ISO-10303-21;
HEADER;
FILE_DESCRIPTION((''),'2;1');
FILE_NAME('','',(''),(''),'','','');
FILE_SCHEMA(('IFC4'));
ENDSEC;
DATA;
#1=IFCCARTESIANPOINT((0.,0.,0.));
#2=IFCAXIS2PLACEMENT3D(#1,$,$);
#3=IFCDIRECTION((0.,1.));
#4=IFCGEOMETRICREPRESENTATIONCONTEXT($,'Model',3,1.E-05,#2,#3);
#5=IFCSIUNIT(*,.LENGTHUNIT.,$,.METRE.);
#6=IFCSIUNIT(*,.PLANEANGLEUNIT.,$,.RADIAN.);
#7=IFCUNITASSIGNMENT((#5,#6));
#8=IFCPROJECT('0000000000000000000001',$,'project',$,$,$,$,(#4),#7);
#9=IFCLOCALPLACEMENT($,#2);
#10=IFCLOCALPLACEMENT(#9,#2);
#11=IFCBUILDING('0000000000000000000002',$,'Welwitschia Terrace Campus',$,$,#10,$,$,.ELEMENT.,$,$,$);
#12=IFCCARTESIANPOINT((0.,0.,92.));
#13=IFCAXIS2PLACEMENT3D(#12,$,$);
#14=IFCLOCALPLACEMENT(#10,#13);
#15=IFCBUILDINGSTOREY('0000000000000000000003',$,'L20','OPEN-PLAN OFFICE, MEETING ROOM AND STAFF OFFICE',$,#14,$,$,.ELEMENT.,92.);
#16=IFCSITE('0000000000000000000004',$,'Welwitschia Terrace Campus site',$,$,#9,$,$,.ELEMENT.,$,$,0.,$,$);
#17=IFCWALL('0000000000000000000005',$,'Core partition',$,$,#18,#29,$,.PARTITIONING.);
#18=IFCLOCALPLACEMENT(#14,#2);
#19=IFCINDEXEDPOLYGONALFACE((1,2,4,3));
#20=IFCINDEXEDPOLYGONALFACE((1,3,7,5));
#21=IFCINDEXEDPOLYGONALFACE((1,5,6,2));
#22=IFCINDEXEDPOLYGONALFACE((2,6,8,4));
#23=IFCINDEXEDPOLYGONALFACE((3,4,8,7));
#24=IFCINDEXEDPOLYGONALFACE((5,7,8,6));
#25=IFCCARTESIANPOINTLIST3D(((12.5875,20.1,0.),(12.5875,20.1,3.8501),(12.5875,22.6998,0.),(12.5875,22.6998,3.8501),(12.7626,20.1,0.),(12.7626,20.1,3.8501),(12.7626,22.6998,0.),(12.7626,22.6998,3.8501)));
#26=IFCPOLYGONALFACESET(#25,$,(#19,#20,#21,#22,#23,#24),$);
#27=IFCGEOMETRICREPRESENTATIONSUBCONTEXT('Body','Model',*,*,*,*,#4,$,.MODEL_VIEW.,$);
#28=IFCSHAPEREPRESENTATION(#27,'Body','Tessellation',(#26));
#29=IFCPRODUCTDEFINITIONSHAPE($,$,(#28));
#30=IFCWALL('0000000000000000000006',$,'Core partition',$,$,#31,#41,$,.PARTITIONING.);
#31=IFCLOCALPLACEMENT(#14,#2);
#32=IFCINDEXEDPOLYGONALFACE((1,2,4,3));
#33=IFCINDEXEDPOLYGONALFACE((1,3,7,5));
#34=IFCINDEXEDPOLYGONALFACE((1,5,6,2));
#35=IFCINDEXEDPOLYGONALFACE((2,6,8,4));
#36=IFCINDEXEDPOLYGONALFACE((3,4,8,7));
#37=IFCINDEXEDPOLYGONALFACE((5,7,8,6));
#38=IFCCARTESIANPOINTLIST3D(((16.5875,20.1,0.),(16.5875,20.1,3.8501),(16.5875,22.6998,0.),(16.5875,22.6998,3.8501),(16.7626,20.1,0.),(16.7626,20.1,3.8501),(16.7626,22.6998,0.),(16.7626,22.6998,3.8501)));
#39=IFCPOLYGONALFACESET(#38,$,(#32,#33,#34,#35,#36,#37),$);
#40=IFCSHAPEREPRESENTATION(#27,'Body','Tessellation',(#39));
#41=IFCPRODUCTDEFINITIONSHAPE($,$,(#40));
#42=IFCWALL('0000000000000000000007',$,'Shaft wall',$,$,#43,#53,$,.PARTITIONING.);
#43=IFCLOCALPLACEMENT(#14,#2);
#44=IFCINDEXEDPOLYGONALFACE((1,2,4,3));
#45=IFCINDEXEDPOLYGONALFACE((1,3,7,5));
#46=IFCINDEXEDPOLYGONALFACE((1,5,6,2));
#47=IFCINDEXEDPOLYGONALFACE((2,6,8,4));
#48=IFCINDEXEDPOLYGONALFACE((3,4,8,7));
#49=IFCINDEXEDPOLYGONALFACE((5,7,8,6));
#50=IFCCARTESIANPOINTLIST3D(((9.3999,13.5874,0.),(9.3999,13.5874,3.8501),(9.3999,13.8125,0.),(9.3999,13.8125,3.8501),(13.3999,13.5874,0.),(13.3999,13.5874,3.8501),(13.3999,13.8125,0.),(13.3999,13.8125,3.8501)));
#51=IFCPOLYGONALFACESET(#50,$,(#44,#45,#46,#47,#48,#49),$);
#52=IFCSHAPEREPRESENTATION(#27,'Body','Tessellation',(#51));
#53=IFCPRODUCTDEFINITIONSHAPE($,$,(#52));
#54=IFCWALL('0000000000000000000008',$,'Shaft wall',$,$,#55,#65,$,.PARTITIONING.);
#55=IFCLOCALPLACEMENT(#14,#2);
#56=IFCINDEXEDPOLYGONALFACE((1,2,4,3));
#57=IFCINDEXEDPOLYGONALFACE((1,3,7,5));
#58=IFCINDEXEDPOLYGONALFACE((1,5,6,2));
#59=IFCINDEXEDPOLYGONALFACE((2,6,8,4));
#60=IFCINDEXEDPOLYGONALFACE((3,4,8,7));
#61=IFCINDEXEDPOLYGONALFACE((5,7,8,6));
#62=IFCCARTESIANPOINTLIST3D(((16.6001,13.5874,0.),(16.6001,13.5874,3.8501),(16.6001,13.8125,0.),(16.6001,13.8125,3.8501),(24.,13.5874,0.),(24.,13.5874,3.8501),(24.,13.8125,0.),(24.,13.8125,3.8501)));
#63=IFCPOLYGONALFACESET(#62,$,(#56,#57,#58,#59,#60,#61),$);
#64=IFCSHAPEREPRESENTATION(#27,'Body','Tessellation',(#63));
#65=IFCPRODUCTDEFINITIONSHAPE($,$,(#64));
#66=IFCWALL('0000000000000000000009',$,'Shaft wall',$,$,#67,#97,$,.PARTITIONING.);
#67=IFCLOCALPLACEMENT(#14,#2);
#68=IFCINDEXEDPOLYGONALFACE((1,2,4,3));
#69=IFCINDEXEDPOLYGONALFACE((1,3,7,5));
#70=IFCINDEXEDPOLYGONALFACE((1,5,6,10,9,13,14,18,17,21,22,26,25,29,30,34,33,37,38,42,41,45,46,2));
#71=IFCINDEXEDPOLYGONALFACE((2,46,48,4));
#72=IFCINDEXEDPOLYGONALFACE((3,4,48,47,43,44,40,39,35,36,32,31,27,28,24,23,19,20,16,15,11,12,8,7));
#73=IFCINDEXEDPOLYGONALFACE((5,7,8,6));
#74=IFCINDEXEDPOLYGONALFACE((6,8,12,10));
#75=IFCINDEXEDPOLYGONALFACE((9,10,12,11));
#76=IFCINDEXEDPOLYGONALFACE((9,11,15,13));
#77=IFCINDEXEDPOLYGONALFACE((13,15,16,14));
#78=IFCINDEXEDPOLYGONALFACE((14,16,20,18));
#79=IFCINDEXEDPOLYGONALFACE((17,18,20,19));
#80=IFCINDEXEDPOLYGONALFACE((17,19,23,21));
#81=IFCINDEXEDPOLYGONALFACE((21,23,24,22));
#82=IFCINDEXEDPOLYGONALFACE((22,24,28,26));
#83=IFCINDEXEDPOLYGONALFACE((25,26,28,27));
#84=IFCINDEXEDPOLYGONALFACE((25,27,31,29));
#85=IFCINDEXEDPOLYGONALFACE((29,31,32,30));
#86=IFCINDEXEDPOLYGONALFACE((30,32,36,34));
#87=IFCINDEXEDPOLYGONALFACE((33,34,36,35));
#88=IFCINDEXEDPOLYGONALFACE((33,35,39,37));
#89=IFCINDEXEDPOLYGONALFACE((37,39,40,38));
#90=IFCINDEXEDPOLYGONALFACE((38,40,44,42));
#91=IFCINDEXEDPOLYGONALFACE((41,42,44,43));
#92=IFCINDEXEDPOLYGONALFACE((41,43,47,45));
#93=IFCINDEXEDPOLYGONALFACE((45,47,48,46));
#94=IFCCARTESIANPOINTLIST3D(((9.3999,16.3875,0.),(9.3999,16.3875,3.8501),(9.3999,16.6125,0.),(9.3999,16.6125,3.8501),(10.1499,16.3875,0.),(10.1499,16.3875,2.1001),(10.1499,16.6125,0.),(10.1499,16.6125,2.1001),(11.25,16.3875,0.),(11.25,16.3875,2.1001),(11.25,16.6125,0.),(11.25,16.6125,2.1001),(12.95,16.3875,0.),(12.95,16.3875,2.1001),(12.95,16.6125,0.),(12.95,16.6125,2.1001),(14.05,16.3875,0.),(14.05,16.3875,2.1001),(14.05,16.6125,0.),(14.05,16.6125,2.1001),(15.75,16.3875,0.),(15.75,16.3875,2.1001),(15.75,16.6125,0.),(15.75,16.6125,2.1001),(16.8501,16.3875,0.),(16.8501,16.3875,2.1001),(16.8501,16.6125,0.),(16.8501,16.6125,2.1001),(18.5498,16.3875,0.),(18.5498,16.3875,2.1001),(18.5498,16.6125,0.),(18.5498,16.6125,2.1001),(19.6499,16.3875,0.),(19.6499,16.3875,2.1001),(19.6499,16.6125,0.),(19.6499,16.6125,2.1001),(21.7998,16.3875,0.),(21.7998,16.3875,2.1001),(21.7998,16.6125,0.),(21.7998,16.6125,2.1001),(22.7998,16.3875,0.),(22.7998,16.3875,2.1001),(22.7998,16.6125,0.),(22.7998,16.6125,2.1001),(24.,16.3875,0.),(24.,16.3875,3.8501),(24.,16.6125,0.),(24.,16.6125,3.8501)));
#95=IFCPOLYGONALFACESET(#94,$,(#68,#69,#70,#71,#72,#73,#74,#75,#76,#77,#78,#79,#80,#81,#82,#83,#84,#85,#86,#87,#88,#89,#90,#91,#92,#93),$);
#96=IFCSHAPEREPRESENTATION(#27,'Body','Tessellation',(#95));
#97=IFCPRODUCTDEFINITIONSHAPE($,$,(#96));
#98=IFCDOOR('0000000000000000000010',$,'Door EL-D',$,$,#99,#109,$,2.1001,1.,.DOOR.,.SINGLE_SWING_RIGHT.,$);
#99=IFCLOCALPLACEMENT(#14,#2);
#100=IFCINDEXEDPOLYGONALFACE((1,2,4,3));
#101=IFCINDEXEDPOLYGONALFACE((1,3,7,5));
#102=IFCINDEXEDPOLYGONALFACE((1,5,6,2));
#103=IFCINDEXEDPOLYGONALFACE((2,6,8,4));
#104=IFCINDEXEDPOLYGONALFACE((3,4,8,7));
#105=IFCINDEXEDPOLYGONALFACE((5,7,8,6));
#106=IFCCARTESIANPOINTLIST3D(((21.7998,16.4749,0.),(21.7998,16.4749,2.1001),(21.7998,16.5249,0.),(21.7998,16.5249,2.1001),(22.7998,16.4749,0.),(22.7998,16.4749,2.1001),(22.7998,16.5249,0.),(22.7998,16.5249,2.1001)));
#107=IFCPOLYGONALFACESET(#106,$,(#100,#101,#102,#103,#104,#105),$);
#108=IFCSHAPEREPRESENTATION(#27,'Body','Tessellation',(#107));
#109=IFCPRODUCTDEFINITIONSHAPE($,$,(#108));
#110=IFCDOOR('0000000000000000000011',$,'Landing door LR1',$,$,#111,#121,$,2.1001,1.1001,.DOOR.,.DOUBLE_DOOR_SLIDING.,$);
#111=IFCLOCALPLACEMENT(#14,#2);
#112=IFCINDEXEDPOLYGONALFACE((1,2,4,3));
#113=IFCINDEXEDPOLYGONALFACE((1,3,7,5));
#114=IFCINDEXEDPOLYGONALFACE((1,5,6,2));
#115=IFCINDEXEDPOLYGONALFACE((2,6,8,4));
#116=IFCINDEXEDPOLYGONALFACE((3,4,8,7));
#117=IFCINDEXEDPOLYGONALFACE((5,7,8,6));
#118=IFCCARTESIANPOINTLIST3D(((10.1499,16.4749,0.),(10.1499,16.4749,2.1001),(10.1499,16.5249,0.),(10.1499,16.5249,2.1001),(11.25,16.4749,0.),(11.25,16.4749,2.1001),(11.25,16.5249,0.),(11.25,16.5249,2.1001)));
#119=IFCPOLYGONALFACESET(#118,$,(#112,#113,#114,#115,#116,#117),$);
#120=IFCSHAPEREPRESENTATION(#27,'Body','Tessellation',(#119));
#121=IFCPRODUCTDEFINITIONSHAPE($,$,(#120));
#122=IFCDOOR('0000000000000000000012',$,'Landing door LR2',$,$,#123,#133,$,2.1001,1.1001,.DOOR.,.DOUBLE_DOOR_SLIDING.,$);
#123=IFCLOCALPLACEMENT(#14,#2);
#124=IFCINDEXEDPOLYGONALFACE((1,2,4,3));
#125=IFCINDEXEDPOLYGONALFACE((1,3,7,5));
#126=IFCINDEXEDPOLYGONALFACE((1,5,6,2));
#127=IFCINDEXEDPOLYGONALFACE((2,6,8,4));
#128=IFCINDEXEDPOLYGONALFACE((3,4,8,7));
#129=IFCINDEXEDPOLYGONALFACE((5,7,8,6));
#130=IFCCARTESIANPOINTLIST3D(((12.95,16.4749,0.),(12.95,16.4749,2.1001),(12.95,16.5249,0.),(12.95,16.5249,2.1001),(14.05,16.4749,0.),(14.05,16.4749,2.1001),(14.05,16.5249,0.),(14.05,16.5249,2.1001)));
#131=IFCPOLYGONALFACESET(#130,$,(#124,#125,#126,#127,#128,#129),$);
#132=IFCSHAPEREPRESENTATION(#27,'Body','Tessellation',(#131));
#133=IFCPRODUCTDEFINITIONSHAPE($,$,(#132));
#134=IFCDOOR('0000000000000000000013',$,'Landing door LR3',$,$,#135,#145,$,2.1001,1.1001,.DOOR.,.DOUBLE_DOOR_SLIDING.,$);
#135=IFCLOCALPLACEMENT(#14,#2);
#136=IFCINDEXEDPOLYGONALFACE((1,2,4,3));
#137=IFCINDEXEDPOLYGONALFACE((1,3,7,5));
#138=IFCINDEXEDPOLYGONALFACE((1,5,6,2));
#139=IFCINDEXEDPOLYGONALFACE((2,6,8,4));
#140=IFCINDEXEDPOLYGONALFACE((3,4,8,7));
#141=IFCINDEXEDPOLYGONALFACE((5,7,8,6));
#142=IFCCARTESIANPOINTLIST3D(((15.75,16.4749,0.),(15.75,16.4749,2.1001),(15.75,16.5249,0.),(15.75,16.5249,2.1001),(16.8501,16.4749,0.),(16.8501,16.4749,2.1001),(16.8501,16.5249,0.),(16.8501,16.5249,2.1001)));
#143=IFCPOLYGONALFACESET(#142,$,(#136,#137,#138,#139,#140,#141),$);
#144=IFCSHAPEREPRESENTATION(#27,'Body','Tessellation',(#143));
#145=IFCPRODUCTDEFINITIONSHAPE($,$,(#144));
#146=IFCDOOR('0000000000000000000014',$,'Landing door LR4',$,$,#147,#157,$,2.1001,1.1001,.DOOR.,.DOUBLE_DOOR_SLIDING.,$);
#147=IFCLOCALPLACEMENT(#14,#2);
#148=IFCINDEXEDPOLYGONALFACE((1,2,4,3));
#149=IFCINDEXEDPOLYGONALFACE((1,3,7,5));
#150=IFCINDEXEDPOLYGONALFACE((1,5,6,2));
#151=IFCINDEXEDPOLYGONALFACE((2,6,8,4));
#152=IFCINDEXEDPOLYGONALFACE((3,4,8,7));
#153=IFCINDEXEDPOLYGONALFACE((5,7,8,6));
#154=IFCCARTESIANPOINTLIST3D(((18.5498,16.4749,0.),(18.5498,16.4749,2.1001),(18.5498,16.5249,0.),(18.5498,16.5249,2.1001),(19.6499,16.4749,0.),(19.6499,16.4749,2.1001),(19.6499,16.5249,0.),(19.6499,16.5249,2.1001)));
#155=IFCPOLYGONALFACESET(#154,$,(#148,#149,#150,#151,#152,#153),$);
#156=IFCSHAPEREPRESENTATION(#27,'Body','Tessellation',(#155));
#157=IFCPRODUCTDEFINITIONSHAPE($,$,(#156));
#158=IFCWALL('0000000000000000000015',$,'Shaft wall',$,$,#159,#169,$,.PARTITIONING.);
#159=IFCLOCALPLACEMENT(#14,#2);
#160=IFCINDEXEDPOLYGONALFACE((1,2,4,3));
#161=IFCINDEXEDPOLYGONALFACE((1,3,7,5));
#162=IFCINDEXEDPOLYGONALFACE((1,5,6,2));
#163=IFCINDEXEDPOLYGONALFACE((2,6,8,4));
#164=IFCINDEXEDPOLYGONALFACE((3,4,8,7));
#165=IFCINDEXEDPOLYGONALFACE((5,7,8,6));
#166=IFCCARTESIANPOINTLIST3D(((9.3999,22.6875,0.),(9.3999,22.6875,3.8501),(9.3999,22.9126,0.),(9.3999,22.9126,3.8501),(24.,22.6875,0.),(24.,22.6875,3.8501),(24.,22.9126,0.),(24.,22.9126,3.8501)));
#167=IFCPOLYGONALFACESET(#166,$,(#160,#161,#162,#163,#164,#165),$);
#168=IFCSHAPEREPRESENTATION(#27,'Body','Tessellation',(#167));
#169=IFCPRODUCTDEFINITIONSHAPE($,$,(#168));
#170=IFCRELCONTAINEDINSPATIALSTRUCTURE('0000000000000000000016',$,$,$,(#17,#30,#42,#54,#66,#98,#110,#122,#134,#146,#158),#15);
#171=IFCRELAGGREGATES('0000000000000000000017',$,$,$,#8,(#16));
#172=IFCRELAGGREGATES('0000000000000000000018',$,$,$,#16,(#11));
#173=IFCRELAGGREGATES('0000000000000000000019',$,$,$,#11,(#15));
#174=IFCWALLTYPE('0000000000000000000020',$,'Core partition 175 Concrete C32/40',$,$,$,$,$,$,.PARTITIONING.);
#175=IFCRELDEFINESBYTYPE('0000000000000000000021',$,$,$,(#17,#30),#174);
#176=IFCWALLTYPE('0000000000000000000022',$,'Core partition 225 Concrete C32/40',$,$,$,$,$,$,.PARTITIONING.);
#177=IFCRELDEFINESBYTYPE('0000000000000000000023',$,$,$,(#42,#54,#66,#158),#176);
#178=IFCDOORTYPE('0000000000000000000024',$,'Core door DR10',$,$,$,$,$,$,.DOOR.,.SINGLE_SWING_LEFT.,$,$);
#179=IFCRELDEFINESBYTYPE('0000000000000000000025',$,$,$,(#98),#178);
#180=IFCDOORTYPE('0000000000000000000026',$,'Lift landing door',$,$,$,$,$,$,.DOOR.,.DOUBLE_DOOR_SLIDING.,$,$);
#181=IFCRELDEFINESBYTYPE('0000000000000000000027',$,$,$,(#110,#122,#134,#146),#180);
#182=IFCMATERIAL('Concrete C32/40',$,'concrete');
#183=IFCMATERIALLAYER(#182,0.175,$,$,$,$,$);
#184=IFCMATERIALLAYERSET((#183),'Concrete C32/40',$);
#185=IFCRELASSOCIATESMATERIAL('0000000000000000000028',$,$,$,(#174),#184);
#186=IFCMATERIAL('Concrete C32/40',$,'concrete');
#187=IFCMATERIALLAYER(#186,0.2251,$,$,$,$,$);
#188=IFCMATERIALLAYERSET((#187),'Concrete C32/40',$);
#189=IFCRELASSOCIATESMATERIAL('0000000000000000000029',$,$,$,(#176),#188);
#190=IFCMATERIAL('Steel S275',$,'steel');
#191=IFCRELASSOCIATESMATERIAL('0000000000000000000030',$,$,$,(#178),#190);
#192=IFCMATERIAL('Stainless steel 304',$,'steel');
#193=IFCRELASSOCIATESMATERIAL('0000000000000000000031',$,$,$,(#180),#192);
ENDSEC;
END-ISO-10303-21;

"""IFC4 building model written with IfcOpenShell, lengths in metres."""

from ifc_helpers import new_model, si_unit, direction, frame, frame_2d, origin, place, context, subcontext, project, spatial, rectangle, extrude, material, layer, layer_set, type_object, element, fill, save


model = new_model("IFC4")

# Units and contexts
model_context = context("Model", 3, precision=1e-05, world=origin(), true_north=direction((0.0, 1.0)))
body_context = subcontext(model_context, "Body", "Model", "MODEL_VIEW")
ifc_project = project(units=[si_unit("LENGTHUNIT", "METRE"), si_unit("PLANEANGLEUNIT", "RADIAN")], contexts=[model_context])

# Site, building, storey
site_placement = place(None, origin())
site = spatial("IfcSite", under=ifc_project, at=site_placement, Name="Welwitschia Terrace Campus site", CompositionType="ELEMENT", RefElevation=0.0)
building_placement = place(site_placement, origin())
building = spatial("IfcBuilding", under=site, at=building_placement, Name="Welwitschia Terrace Campus", CompositionType="ELEMENT")
storey_placement = place(building_placement, frame((0.0, 0.0, 92.0)))
storey = spatial("IfcBuildingStorey", under=building, at=storey_placement, Name="L20", Description="OPEN-PLAN OFFICE, MEETING ROOM AND STAFF OFFICE", CompositionType="ELEMENT", Elevation=92.0)

# Walls
ifc_material_1 = material(Name="Concrete C32/40", Category="concrete")
ifc_layer_1 = layer(ifc_material_1, 0.175)
ifc_layer_set_1 = layer_set([ifc_layer_1], Name="Concrete C32/40")
wall_type_1 = type_object("IfcWallType", Name="Core partition 175 Concrete C32/40", PredefinedType="PARTITIONING", material=ifc_layer_set_1)
for number, where, z_axis, x_axis, name in (
    (1, (12.675, 20.1001, 0.0), (0.0, 0.0, 1.0), (0.0, 1.0, 0.0), "Core partition"),
    (2, (16.675, 20.1001, 0.0), (0.0, 0.0, 1.0), (0.0, 1.0, 0.0), "Core partition"),
):
    element("IfcWall", number, at=place(storey_placement, frame(where, z_axis=z_axis, x_axis=x_axis)), inside=storey, type_object=wall_type_1, Name=name, PredefinedType="PARTITIONING", context=body_context, shape_type="SweptSolid", body=[
        extrude(rectangle(XDim=2.5999, YDim=0.175, at=frame_2d((1.2998, 0.0))), origin(), (0.0, 0.0, 1.0), 3.8501),
    ])
ifc_material_2 = material(Name="Concrete C32/40", Category="concrete")
ifc_layer_2 = layer(ifc_material_2, 0.2251)
ifc_layer_set_2 = layer_set([ifc_layer_2], Name="Concrete C32/40")
wall_type_2 = type_object("IfcWallType", Name="Core partition 225 Concrete C32/40", PredefinedType="PARTITIONING", material=ifc_layer_set_2)
wall_1_placement = place(storey_placement, frame((9.3999, 13.7, 0.0), z_axis=(0.0, 0.0, 1.0), x_axis=(1.0, 0.0, 0.0)))
element("IfcWall", 3, at=wall_1_placement, inside=storey, type_object=wall_type_2, Name="Shaft wall", PredefinedType="PARTITIONING", context=body_context, shape_type="SweptSolid", body=[
    extrude(rectangle(XDim=4.0, YDim=0.2251, at=frame_2d((2.0, 0.0))), origin(), (0.0, 0.0, 1.0), 3.8501),
])
wall_2_placement = place(storey_placement, frame((16.6001, 13.7, 0.0), z_axis=(0.0, 0.0, 1.0), x_axis=(1.0, 0.0, 0.0)))
element("IfcWall", 4, at=wall_2_placement, inside=storey, type_object=wall_type_2, Name="Shaft wall", PredefinedType="PARTITIONING", context=body_context, shape_type="SweptSolid", body=[
    extrude(rectangle(XDim=7.3999, YDim=0.2251, at=frame_2d((3.7, 0.0))), origin(), (0.0, 0.0, 1.0), 3.8501),
])

# Wall, openings, doors
wall_3_placement = place(storey_placement, frame((9.3999, 16.5, 0.0), z_axis=(0.0, 0.0, 1.0), x_axis=(1.0, 0.0, 0.0)))
wall_3 = element("IfcWall", 5, at=wall_3_placement, inside=storey, type_object=wall_type_2, Name="Shaft wall", PredefinedType="PARTITIONING", context=body_context, shape_type="SweptSolid", body=[
    extrude(rectangle(XDim=14.6001, YDim=0.2251, at=frame_2d((7.3, 0.0))), origin(), (0.0, 0.0, 1.0), 3.8501),
])
opening_1_placement = place(wall_3_placement, frame((0.75, 0.0, 0.0)))
opening_1 = element("IfcOpeningElement", 6, at=opening_1_placement, cuts=wall_3, PredefinedType="OPENING", context=body_context, shape_type="SweptSolid", body=[
    extrude(rectangle(XDim=1.1001, YDim=2.1001, at=frame_2d((0.55, 1.05))), frame((0.0, 0.1226, 0.0), z_axis=(0.0, -1.0, 0.0), x_axis=(1.0, 0.0, 0.0)), (0.0, 0.0, 1.0), 0.2451),
])
opening_2_placement = place(wall_3_placement, frame((3.55, 0.0, 0.0)))
opening_2 = element("IfcOpeningElement", 7, at=opening_2_placement, cuts=wall_3, PredefinedType="OPENING", context=body_context, shape_type="SweptSolid", body=[
    extrude(rectangle(XDim=1.1001, YDim=2.1001, at=frame_2d((0.55, 1.05))), frame((0.0, 0.1226, 0.0), z_axis=(0.0, -1.0, 0.0), x_axis=(1.0, 0.0, 0.0)), (0.0, 0.0, 1.0), 0.2451),
])
opening_3_placement = place(wall_3_placement, frame((6.3501, 0.0, 0.0)))
opening_3 = element("IfcOpeningElement", 8, at=opening_3_placement, cuts=wall_3, PredefinedType="OPENING", context=body_context, shape_type="SweptSolid", body=[
    extrude(rectangle(XDim=1.1001, YDim=2.1001, at=frame_2d((0.55, 1.05))), frame((0.0, 0.1226, 0.0), z_axis=(0.0, -1.0, 0.0), x_axis=(1.0, 0.0, 0.0)), (0.0, 0.0, 1.0), 0.2451),
])
opening_4_placement = place(wall_3_placement, frame((9.1499, 0.0, 0.0)))
opening_4 = element("IfcOpeningElement", 9, at=opening_4_placement, cuts=wall_3, PredefinedType="OPENING", context=body_context, shape_type="SweptSolid", body=[
    extrude(rectangle(XDim=1.1001, YDim=2.1001, at=frame_2d((0.55, 1.05))), frame((0.0, 0.1226, 0.0), z_axis=(0.0, -1.0, 0.0), x_axis=(1.0, 0.0, 0.0)), (0.0, 0.0, 1.0), 0.2451),
])
opening_5_placement = place(wall_3_placement, frame((12.3999, 0.0, 0.0)))
opening_5 = element("IfcOpeningElement", 10, at=opening_5_placement, cuts=wall_3, PredefinedType="OPENING", context=body_context, shape_type="SweptSolid", body=[
    extrude(rectangle(XDim=1.0, YDim=2.1001, at=frame_2d((0.5, 1.05))), frame((0.0, 0.1226, 0.0), z_axis=(0.0, -1.0, 0.0), x_axis=(1.0, 0.0, 0.0)), (0.0, 0.0, 1.0), 0.2451),
])
ifc_material_3 = material(Name="Steel S275", Category="steel")
door_type_1 = type_object("IfcDoorType", Name="Core door DR10", OperationType="SINGLE_SWING_LEFT", PredefinedType="DOOR", material=ifc_material_3)
door_1_placement = place(opening_5_placement, origin())
door_1 = element("IfcDoor", 11, at=door_1_placement, inside=storey, type_object=door_type_1, Name="Door EL-D", OperationType="SINGLE_SWING_RIGHT", OverallHeight=2.1001, OverallWidth=1.0, PredefinedType="DOOR", context=body_context, shape_type="SweptSolid", body=[
    extrude(rectangle(XDim=1.0, YDim=2.1001, at=frame_2d((0.5, 1.05))), frame((0.0, 0.0249, 0.0), z_axis=(0.0, -1.0, 0.0), x_axis=(1.0, 0.0, 0.0)), (0.0, 0.0, 1.0), 0.05),
])
fill(opening_5, door_1)
ifc_material_4 = material(Name="Stainless steel 304", Category="steel")
door_type_2 = type_object("IfcDoorType", Name="Lift landing door", OperationType="DOUBLE_DOOR_SLIDING", PredefinedType="DOOR", material=ifc_material_4)
door_2_placement = place(opening_1_placement, origin())
door_2 = element("IfcDoor", 12, at=door_2_placement, inside=storey, type_object=door_type_2, Name="Landing door LR1", OperationType="DOUBLE_DOOR_SLIDING", OverallHeight=2.1001, OverallWidth=1.1001, PredefinedType="DOOR", context=body_context, shape_type="SweptSolid", body=[
    extrude(rectangle(XDim=1.1001, YDim=2.1001, at=frame_2d((0.55, 1.05))), frame((0.0, 0.0249, 0.0), z_axis=(0.0, -1.0, 0.0), x_axis=(1.0, 0.0, 0.0)), (0.0, 0.0, 1.0), 0.05),
])
fill(opening_1, door_2)
door_3_placement = place(opening_2_placement, origin())
door_3 = element("IfcDoor", 13, at=door_3_placement, inside=storey, type_object=door_type_2, Name="Landing door LR2", OperationType="DOUBLE_DOOR_SLIDING", OverallHeight=2.1001, OverallWidth=1.1001, PredefinedType="DOOR", context=body_context, shape_type="SweptSolid", body=[
    extrude(rectangle(XDim=1.1001, YDim=2.1001, at=frame_2d((0.55, 1.05))), frame((0.0, 0.0249, 0.0), z_axis=(0.0, -1.0, 0.0), x_axis=(1.0, 0.0, 0.0)), (0.0, 0.0, 1.0), 0.05),
])
fill(opening_2, door_3)
door_4_placement = place(opening_3_placement, origin())
door_4 = element("IfcDoor", 14, at=door_4_placement, inside=storey, type_object=door_type_2, Name="Landing door LR3", OperationType="DOUBLE_DOOR_SLIDING", OverallHeight=2.1001, OverallWidth=1.1001, PredefinedType="DOOR", context=body_context, shape_type="SweptSolid", body=[
    extrude(rectangle(XDim=1.1001, YDim=2.1001, at=frame_2d((0.55, 1.05))), frame((0.0, 0.0249, 0.0), z_axis=(0.0, -1.0, 0.0), x_axis=(1.0, 0.0, 0.0)), (0.0, 0.0, 1.0), 0.05),
])
fill(opening_3, door_4)
door_5_placement = place(opening_4_placement, origin())
door_5 = element("IfcDoor", 15, at=door_5_placement, inside=storey, type_object=door_type_2, Name="Landing door LR4", OperationType="DOUBLE_DOOR_SLIDING", OverallHeight=2.1001, OverallWidth=1.1001, PredefinedType="DOOR", context=body_context, shape_type="SweptSolid", body=[
    extrude(rectangle(XDim=1.1001, YDim=2.1001, at=frame_2d((0.55, 1.05))), frame((0.0, 0.0249, 0.0), z_axis=(0.0, -1.0, 0.0), x_axis=(1.0, 0.0, 0.0)), (0.0, 0.0, 1.0), 0.05),
])
fill(opening_4, door_5)

# Wall
wall_4_placement = place(storey_placement, frame((9.3999, 22.8, 0.0), z_axis=(0.0, 0.0, 1.0), x_axis=(1.0, 0.0, 0.0)))
element("IfcWall", 16, at=wall_4_placement, inside=storey, type_object=wall_type_2, Name="Shaft wall", PredefinedType="PARTITIONING", context=body_context, shape_type="SweptSolid", body=[
    extrude(rectangle(XDim=14.6001, YDim=0.2251, at=frame_2d((7.3, 0.0))), origin(), (0.0, 0.0, 1.0), 3.8501),
])

save(model, "model.ifc")
